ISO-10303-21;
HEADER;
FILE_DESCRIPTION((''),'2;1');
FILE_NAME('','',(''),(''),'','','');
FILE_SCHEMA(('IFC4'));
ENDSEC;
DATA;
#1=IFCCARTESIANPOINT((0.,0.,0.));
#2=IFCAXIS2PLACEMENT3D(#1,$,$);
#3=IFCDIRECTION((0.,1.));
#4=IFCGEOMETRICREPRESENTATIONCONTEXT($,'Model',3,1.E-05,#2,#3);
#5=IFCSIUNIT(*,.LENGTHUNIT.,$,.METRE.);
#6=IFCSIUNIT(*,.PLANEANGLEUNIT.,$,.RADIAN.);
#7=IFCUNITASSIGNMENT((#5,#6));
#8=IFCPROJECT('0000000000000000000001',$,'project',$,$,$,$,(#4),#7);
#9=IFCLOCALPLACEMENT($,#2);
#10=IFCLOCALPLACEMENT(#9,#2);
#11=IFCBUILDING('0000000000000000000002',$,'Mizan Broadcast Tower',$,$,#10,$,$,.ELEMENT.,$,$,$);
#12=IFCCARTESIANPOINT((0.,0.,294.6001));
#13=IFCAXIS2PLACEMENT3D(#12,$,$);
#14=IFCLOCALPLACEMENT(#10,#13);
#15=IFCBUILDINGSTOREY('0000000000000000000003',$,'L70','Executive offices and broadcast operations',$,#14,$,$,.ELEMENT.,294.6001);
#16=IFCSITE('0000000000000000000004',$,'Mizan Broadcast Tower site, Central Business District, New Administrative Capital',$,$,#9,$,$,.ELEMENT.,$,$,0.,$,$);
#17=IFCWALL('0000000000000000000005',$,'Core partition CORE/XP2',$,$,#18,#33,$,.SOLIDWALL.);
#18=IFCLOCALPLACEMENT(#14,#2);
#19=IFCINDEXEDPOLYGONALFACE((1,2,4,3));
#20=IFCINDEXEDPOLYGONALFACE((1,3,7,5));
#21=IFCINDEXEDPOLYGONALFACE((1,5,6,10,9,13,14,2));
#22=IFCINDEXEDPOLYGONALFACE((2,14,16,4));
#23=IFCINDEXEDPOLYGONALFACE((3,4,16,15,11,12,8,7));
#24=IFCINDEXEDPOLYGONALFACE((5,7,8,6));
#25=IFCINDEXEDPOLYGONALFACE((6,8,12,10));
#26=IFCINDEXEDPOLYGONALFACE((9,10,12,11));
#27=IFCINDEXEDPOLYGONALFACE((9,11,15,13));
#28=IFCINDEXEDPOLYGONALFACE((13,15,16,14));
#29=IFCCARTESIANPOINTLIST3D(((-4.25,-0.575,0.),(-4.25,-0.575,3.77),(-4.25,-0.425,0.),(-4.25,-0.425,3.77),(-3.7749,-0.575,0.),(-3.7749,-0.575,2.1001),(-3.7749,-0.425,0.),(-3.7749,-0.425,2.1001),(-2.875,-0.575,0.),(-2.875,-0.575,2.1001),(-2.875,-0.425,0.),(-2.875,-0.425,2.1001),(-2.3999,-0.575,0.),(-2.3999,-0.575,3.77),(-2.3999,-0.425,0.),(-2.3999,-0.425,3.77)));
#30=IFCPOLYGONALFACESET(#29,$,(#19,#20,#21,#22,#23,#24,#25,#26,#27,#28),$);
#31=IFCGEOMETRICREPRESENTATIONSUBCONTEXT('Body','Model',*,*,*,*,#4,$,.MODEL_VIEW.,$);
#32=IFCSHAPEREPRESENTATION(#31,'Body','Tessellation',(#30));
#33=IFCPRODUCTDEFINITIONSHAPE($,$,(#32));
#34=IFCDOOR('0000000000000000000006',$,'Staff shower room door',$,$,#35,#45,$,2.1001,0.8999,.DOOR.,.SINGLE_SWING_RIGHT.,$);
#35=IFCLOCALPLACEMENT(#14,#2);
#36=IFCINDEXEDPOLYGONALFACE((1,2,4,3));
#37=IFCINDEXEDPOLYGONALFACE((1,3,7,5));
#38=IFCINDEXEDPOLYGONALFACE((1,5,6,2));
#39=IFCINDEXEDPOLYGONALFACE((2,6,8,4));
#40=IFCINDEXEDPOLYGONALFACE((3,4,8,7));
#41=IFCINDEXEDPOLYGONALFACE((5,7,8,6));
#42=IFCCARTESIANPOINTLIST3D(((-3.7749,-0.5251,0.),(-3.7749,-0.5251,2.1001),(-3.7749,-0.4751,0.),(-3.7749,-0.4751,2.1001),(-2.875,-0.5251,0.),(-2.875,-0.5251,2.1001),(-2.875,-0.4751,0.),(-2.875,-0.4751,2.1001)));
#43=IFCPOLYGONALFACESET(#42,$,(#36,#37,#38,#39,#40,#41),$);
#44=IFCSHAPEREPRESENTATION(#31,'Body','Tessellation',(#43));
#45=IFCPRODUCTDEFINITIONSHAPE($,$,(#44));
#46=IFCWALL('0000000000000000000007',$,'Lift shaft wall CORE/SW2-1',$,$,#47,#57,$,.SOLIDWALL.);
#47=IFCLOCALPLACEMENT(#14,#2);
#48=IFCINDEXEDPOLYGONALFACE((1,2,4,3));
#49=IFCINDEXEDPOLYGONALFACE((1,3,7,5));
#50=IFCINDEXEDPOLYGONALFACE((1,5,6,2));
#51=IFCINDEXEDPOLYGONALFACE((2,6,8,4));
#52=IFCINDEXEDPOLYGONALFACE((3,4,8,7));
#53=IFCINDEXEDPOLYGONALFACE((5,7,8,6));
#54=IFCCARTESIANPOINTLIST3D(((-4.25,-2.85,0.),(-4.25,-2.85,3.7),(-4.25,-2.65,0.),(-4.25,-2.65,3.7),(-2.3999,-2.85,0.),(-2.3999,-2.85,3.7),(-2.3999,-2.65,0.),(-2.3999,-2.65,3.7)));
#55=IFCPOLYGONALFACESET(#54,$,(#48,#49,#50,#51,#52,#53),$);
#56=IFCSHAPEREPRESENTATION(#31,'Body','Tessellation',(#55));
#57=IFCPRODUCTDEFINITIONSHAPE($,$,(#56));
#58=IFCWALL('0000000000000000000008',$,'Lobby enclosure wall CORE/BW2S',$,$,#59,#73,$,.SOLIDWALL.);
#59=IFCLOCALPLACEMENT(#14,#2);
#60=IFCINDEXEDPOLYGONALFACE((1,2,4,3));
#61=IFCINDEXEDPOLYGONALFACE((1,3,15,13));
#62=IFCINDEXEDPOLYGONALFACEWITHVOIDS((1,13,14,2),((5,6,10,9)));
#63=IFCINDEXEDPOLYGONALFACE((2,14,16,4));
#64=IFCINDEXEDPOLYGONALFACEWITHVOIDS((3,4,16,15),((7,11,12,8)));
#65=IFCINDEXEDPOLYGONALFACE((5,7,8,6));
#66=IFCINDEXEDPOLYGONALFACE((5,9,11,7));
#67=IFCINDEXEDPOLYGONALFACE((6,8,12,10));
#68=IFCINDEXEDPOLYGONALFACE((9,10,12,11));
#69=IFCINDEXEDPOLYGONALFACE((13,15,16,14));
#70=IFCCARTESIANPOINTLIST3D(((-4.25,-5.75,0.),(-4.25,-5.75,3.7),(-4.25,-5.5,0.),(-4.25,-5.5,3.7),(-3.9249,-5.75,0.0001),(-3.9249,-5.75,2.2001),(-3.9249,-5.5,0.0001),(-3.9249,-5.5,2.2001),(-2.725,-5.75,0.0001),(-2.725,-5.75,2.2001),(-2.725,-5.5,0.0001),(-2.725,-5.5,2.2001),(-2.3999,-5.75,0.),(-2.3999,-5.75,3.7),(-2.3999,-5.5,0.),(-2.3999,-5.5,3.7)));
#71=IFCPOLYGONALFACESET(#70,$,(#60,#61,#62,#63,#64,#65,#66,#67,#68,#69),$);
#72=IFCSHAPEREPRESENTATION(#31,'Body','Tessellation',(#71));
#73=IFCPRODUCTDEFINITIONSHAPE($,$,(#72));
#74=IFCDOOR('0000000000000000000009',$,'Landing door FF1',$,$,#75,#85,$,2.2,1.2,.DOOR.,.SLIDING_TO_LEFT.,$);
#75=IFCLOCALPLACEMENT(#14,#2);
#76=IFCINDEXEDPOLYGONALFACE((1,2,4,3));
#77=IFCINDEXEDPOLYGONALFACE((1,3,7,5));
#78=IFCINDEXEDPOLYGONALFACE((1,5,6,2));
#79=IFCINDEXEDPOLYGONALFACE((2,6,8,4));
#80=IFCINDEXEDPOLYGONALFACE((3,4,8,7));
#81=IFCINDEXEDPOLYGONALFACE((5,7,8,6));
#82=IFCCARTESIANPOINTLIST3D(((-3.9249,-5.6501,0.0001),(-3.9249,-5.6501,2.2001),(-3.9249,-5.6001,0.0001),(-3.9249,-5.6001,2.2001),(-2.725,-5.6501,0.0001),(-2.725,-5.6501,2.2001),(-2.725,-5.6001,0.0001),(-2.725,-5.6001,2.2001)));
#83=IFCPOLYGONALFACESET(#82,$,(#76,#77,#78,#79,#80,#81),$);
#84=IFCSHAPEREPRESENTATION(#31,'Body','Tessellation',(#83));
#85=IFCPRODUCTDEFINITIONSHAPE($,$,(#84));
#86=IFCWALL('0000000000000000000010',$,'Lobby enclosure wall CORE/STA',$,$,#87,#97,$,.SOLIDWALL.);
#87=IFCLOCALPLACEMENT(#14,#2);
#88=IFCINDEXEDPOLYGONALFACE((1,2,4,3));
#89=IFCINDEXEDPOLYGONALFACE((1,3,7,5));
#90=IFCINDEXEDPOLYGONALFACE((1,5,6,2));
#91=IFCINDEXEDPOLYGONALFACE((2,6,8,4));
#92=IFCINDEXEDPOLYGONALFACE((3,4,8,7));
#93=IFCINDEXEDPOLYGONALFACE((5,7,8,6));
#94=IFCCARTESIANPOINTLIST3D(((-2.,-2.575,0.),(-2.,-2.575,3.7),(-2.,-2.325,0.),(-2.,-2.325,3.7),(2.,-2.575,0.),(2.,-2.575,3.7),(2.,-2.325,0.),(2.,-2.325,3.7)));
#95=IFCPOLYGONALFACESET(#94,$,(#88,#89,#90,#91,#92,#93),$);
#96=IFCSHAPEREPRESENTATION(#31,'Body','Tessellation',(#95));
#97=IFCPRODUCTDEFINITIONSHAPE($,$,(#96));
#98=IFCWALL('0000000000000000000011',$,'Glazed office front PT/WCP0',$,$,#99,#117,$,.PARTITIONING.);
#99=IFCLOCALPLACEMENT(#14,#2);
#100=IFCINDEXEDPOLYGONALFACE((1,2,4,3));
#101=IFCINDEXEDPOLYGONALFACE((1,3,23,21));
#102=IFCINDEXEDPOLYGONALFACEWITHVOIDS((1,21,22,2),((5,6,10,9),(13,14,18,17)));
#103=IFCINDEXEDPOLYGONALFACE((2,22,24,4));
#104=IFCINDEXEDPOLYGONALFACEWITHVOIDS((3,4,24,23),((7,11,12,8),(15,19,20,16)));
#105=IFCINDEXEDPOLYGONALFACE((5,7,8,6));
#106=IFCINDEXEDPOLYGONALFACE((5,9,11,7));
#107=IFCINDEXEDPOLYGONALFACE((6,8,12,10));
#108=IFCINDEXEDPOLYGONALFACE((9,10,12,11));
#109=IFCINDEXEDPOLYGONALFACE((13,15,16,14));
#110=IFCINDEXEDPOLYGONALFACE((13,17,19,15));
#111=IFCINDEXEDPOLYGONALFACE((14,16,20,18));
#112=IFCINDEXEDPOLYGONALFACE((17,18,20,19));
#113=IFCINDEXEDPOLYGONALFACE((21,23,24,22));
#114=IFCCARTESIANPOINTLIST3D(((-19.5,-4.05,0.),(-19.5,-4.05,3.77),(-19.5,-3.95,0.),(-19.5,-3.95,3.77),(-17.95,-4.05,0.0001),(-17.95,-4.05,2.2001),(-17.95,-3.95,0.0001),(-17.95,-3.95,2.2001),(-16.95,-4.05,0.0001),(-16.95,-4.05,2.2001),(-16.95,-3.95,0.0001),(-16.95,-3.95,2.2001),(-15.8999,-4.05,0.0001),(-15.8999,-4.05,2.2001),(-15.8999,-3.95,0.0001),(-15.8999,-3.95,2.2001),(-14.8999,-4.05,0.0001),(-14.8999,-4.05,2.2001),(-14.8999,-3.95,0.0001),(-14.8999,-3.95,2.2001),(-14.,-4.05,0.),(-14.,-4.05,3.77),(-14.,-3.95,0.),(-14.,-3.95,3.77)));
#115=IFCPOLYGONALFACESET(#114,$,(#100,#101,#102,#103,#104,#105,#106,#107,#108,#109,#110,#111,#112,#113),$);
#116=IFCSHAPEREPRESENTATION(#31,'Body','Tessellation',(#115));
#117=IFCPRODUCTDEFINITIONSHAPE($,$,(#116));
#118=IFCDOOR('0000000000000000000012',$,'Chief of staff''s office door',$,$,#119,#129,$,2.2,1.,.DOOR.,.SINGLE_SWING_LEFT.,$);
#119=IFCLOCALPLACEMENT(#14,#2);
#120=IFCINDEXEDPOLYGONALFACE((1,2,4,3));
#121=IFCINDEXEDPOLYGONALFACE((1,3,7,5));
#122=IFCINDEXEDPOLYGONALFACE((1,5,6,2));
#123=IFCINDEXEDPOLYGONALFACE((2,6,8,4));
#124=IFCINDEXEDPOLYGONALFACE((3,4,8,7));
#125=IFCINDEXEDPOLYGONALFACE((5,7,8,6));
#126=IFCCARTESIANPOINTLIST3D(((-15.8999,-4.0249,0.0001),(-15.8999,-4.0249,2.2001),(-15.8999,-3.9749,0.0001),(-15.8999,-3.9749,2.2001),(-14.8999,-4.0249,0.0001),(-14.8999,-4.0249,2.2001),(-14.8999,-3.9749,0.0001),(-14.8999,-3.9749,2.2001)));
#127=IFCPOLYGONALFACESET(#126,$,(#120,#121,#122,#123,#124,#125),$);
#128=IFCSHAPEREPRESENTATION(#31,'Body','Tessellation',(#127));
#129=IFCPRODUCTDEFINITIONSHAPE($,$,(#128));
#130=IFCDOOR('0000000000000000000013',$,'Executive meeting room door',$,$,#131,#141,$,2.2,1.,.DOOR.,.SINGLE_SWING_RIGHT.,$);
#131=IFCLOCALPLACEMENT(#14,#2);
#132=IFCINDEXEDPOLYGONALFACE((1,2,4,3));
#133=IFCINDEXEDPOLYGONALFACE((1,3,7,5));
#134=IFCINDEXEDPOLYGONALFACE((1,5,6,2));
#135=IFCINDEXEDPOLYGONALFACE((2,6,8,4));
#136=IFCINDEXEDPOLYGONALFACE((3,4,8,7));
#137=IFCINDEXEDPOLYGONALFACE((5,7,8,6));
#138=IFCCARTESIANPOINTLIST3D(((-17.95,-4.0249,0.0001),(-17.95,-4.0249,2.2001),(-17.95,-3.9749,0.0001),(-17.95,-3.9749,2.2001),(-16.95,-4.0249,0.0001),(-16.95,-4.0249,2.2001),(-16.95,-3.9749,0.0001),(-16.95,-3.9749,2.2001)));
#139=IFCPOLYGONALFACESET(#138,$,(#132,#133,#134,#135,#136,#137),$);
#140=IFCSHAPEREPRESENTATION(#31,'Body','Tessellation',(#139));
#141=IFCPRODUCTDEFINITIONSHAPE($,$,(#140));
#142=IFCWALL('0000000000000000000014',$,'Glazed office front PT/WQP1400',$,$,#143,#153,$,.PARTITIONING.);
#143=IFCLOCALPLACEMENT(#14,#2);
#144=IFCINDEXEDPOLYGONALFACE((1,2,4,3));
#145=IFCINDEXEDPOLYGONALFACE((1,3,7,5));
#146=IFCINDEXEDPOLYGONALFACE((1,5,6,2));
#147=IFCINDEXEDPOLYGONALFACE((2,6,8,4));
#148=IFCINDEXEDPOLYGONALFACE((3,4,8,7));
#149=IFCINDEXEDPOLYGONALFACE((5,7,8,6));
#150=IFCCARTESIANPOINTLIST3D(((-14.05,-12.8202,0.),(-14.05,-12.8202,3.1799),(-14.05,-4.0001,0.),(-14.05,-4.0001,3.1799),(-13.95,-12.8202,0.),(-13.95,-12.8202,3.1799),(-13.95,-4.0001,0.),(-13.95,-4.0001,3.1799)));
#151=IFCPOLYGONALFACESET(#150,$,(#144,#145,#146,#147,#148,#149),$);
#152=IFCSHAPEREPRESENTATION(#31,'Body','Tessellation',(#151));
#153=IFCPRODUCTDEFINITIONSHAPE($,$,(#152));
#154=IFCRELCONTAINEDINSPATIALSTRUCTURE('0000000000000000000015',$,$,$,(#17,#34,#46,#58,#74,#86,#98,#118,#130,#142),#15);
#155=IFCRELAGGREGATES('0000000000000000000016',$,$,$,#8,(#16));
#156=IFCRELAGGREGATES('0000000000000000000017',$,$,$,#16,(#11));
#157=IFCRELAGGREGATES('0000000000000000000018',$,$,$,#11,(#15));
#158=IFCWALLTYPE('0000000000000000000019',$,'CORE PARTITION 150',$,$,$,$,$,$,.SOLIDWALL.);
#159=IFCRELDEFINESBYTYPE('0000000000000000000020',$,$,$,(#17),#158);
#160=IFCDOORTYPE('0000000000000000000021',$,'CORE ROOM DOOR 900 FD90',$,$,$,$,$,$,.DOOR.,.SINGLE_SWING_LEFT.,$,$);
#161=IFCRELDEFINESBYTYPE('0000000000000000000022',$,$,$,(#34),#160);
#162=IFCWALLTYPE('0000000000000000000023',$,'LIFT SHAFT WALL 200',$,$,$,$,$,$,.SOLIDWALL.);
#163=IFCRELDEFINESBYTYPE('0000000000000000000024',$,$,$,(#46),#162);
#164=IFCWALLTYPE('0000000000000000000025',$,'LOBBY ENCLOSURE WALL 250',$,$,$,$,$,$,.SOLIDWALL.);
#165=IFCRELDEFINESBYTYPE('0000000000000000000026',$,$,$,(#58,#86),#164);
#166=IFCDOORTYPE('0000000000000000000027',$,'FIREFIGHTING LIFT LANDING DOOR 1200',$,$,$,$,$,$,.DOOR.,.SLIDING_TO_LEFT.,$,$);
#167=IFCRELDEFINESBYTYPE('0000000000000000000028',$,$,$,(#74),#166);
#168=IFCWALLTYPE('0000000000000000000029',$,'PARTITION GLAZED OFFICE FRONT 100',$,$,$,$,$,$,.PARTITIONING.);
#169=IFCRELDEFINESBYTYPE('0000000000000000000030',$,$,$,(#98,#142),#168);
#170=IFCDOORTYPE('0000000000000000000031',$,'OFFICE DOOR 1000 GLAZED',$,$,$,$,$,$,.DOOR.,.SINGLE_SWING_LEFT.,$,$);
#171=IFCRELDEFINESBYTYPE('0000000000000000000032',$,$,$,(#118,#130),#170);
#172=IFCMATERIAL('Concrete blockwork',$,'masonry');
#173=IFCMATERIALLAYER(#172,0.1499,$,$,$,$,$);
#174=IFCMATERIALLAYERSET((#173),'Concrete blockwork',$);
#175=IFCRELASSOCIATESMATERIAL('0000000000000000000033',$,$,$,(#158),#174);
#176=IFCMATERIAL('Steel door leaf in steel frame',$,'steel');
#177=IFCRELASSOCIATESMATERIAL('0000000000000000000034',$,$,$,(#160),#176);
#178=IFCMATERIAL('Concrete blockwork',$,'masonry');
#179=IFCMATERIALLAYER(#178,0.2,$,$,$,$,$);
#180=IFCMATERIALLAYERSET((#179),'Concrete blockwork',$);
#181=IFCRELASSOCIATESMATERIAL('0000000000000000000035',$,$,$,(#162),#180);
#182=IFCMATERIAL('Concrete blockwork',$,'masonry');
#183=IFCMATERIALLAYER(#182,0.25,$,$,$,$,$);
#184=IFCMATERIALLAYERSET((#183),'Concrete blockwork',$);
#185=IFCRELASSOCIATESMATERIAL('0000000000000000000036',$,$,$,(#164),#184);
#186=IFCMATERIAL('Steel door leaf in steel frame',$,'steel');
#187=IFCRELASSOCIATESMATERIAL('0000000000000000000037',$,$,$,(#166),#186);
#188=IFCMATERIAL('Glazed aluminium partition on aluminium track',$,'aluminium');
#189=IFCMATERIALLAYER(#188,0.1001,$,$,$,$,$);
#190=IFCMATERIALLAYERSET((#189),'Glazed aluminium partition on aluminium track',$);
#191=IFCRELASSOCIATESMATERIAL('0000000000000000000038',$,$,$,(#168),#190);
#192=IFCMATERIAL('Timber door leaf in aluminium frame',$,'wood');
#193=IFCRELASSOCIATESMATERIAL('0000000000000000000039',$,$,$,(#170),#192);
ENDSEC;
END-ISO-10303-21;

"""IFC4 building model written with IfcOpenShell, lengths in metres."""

from ifc_helpers import new_model, si_unit, direction, frame, frame_2d, origin, place, context, subcontext, project, spatial, rectangle, extrude, material, layer, layer_set, type_object, element, fill, save


model = new_model("IFC4")

# Units and contexts
model_context = context("Model", 3, precision=1e-05, world=origin(), true_north=direction((0.0, 1.0)))
body_context = subcontext(model_context, "Body", "Model", "MODEL_VIEW")
ifc_project = project(units=[si_unit("LENGTHUNIT", "METRE"), si_unit("PLANEANGLEUNIT", "RADIAN")], contexts=[model_context])

# Site, building, storey
site_placement = place(None, origin())
site = spatial("IfcSite", under=ifc_project, at=site_placement, Name="Mizan Broadcast Tower site, Central Business District, New Administrative Capital", CompositionType="ELEMENT", RefElevation=0.0)
building_placement = place(site_placement, origin())
building = spatial("IfcBuilding", under=site, at=building_placement, Name="Mizan Broadcast Tower", CompositionType="ELEMENT")
storey_placement = place(building_placement, frame((0.0, 0.0, 294.6001)))
storey = spatial("IfcBuildingStorey", under=building, at=storey_placement, Name="L70", Description="Executive offices and broadcast operations", CompositionType="ELEMENT", Elevation=294.6001)

# Wall, opening, door
ifc_material_1 = material(Name="Concrete blockwork", Category="masonry")
ifc_layer_1 = layer(ifc_material_1, 0.1499)
ifc_layer_set_1 = layer_set([ifc_layer_1], Name="Concrete blockwork")
wall_type_1 = type_object("IfcWallType", Name="CORE PARTITION 150", PredefinedType="SOLIDWALL", material=ifc_layer_set_1)
wall_1_placement = place(storey_placement, frame((-4.25, -0.5, 0.0), z_axis=(0.0, 0.0, 1.0), x_axis=(1.0, 0.0, 0.0)))
wall_1 = element("IfcWall", 1, at=wall_1_placement, inside=storey, type_object=wall_type_1, Name="Core partition CORE/XP2", PredefinedType="SOLIDWALL", context=body_context, shape_type="SweptSolid", body=[
    extrude(rectangle(XDim=1.8501, YDim=0.1499, at=frame_2d((0.925, 0.0))), origin(), (0.0, 0.0, 1.0), 3.77),
])
opening_1_placement = place(wall_1_placement, frame((0.4751, 0.0, 0.0)))
opening_1 = element("IfcOpeningElement", 2, at=opening_1_placement, cuts=wall_1, PredefinedType="OPENING", context=body_context, shape_type="SweptSolid", body=[
    extrude(rectangle(XDim=0.8999, YDim=2.1001, at=frame_2d((0.45, 1.05))), frame((0.0, 0.085, 0.0), z_axis=(0.0, -1.0, 0.0), x_axis=(1.0, 0.0, 0.0)), (0.0, 0.0, 1.0), 0.1699),
])
ifc_material_2 = material(Name="Steel door leaf in steel frame", Category="steel")
door_type_1 = type_object("IfcDoorType", Name="CORE ROOM DOOR 900 FD90", OperationType="SINGLE_SWING_LEFT", PredefinedType="DOOR", material=ifc_material_2)
door_1_placement = place(opening_1_placement, origin())
door_1 = element("IfcDoor", 3, at=door_1_placement, inside=storey, type_object=door_type_1, Name="Staff shower room door", OperationType="SINGLE_SWING_RIGHT", OverallHeight=2.1001, OverallWidth=0.8999, PredefinedType="DOOR", context=body_context, shape_type="SweptSolid", body=[
    extrude(rectangle(XDim=0.8999, YDim=2.1001, at=frame_2d((0.45, 1.05))), frame((0.0, 0.0249, 0.0), z_axis=(0.0, -1.0, 0.0), x_axis=(1.0, 0.0, 0.0)), (0.0, 0.0, 1.0), 0.05),
])
fill(opening_1, door_1)

# Wall
ifc_material_3 = material(Name="Concrete blockwork", Category="masonry")
ifc_layer_2 = layer(ifc_material_3, 0.2)
ifc_layer_set_2 = layer_set([ifc_layer_2], Name="Concrete blockwork")
wall_type_2 = type_object("IfcWallType", Name="LIFT SHAFT WALL 200", PredefinedType="SOLIDWALL", material=ifc_layer_set_2)
wall_2_placement = place(storey_placement, frame((-4.25, -2.75, 0.0), z_axis=(0.0, 0.0, 1.0), x_axis=(1.0, 0.0, 0.0)))
element("IfcWall", 4, at=wall_2_placement, inside=storey, type_object=wall_type_2, Name="Lift shaft wall CORE/SW2-1", PredefinedType="SOLIDWALL", context=body_context, shape_type="SweptSolid", body=[
    extrude(rectangle(XDim=1.8501, YDim=0.2, at=frame_2d((0.925, 0.0))), origin(), (0.0, 0.0, 1.0), 3.7),
])

# Wall, opening, door
ifc_material_4 = material(Name="Concrete blockwork", Category="masonry")
ifc_layer_3 = layer(ifc_material_4, 0.25)
ifc_layer_set_3 = layer_set([ifc_layer_3], Name="Concrete blockwork")
wall_type_3 = type_object("IfcWallType", Name="LOBBY ENCLOSURE WALL 250", PredefinedType="SOLIDWALL", material=ifc_layer_set_3)
wall_3_placement = place(storey_placement, frame((-4.25, -5.625, 0.0), z_axis=(0.0, 0.0, 1.0), x_axis=(1.0, 0.0, 0.0)))
wall_3 = element("IfcWall", 5, at=wall_3_placement, inside=storey, type_object=wall_type_3, Name="Lobby enclosure wall CORE/BW2S", PredefinedType="SOLIDWALL", context=body_context, shape_type="SweptSolid", body=[
    extrude(rectangle(XDim=1.8501, YDim=0.25, at=frame_2d((0.925, 0.0))), origin(), (0.0, 0.0, 1.0), 3.7),
])
opening_2_placement = place(wall_3_placement, frame((0.325, 0.0, 0.0)))
opening_2 = element("IfcOpeningElement", 6, at=opening_2_placement, cuts=wall_3, PredefinedType="OPENING", context=body_context, shape_type="SweptSolid", body=[
    extrude(rectangle(XDim=1.2, YDim=2.2, at=frame_2d((0.6001, 1.1001))), frame((0.0, 0.135, 0.0), z_axis=(0.0, -1.0, 0.0), x_axis=(1.0, 0.0, 0.0)), (0.0, 0.0, 1.0), 0.27),
])
ifc_material_5 = material(Name="Steel door leaf in steel frame", Category="steel")
door_type_2 = type_object("IfcDoorType", Name="FIREFIGHTING LIFT LANDING DOOR 1200", OperationType="SLIDING_TO_LEFT", PredefinedType="DOOR", material=ifc_material_5)
door_2_placement = place(opening_2_placement, origin())
door_2 = element("IfcDoor", 7, at=door_2_placement, inside=storey, type_object=door_type_2, Name="Landing door FF1", OperationType="SLIDING_TO_LEFT", OverallHeight=2.2, OverallWidth=1.2, PredefinedType="DOOR", context=body_context, shape_type="SweptSolid", body=[
    extrude(rectangle(XDim=1.2, YDim=2.2, at=frame_2d((0.6001, 1.1001))), frame((0.0, 0.0249, 0.0), z_axis=(0.0, -1.0, 0.0), x_axis=(1.0, 0.0, 0.0)), (0.0, 0.0, 1.0), 0.05),
])
fill(opening_2, door_2)

# Wall
wall_4_placement = place(storey_placement, frame((-2.0, -2.45, 0.0), z_axis=(0.0, 0.0, 1.0), x_axis=(1.0, 0.0, 0.0)))
element("IfcWall", 8, at=wall_4_placement, inside=storey, type_object=wall_type_3, Name="Lobby enclosure wall CORE/STA", PredefinedType="SOLIDWALL", context=body_context, shape_type="SweptSolid", body=[
    extrude(rectangle(XDim=4.0, YDim=0.25, at=frame_2d((2.0, 0.0))), origin(), (0.0, 0.0, 1.0), 3.7),
])

# Wall, openings, doors
ifc_material_6 = material(Name="Glazed aluminium partition on aluminium track", Category="aluminium")
ifc_layer_4 = layer(ifc_material_6, 0.1001)
ifc_layer_set_4 = layer_set([ifc_layer_4], Name="Glazed aluminium partition on aluminium track")
wall_type_4 = type_object("IfcWallType", Name="PARTITION GLAZED OFFICE FRONT 100", PredefinedType="PARTITIONING", material=ifc_layer_set_4)
wall_5_placement = place(storey_placement, frame((-14.0, -4.0, 0.0), z_axis=(0.0, 0.0, 1.0), x_axis=(-1.0, 0.0, 0.0)))
wall_5 = element("IfcWall", 9, at=wall_5_placement, inside=storey, type_object=wall_type_4, Name="Glazed office front PT/WCP0", PredefinedType="PARTITIONING", context=body_context, shape_type="SweptSolid", body=[
    extrude(rectangle(XDim=5.5, YDim=0.1001, at=frame_2d((2.75, 0.0))), origin(), (0.0, 0.0, 1.0), 3.77),
])
opening_3_placement = place(wall_5_placement, frame((0.8999, 0.0, 0.0)))
opening_3 = element("IfcOpeningElement", 10, at=opening_3_placement, cuts=wall_5, PredefinedType="OPENING", context=body_context, shape_type="SweptSolid", body=[
    extrude(rectangle(XDim=1.0, YDim=2.2, at=frame_2d((0.5, 1.1001))), frame((0.0, 0.0601, 0.0), z_axis=(0.0, -1.0, 0.0), x_axis=(1.0, 0.0, 0.0)), (0.0, 0.0, 1.0), 0.1201),
])
opening_4_placement = place(wall_5_placement, frame((2.95, 0.0, 0.0)))
opening_4 = element("IfcOpeningElement", 11, at=opening_4_placement, cuts=wall_5, PredefinedType="OPENING", context=body_context, shape_type="SweptSolid", body=[
    extrude(rectangle(XDim=1.0, YDim=2.2, at=frame_2d((0.5, 1.1001))), frame((0.0, 0.0601, 0.0), z_axis=(0.0, -1.0, 0.0), x_axis=(1.0, 0.0, 0.0)), (0.0, 0.0, 1.0), 0.1201),
])
ifc_material_7 = material(Name="Timber door leaf in aluminium frame", Category="wood")
door_type_3 = type_object("IfcDoorType", Name="OFFICE DOOR 1000 GLAZED", OperationType="SINGLE_SWING_LEFT", PredefinedType="DOOR", material=ifc_material_7)
door_3_placement = place(opening_3_placement, origin())
door_3 = element("IfcDoor", 12, at=door_3_placement, inside=storey, type_object=door_type_3, Name="Chief of staff's office door", OperationType="SINGLE_SWING_LEFT", OverallHeight=2.2, OverallWidth=1.0, PredefinedType="DOOR", context=body_context, shape_type="SweptSolid", body=[
    extrude(rectangle(XDim=1.0, YDim=2.2, at=frame_2d((0.5, 1.1001))), frame((0.0, 0.0249, 0.0), z_axis=(0.0, -1.0, 0.0), x_axis=(1.0, 0.0, 0.0)), (0.0, 0.0, 1.0), 0.05),
])
fill(opening_3, door_3)
door_4_placement = place(opening_4_placement, origin())
door_4 = element("IfcDoor", 13, at=door_4_placement, inside=storey, type_object=door_type_3, Name="Executive meeting room door", OperationType="SINGLE_SWING_RIGHT", OverallHeight=2.2, OverallWidth=1.0, PredefinedType="DOOR", context=body_context, shape_type="SweptSolid", body=[
    extrude(rectangle(XDim=1.0, YDim=2.2, at=frame_2d((0.5, 1.1001))), frame((0.0, 0.0249, 0.0), z_axis=(0.0, -1.0, 0.0), x_axis=(1.0, 0.0, 0.0)), (0.0, 0.0, 1.0), 0.05),
])
fill(opening_4, door_4)

# Wall
wall_6_placement = place(storey_placement, frame((-14.0, -4.0, 0.0), z_axis=(0.0, 0.0, 1.0), x_axis=(0.0, -1.0, 0.0)))
element("IfcWall", 14, at=wall_6_placement, inside=storey, type_object=wall_type_4, Name="Glazed office front PT/WQP1400", PredefinedType="PARTITIONING", context=body_context, shape_type="SweptSolid", body=[
    extrude(rectangle(XDim=8.8201, YDim=0.1001, at=frame_2d((4.4102, 0.0))), origin(), (0.0, 0.0, 1.0), 3.1799),
])

save(model, "model.ifc")
